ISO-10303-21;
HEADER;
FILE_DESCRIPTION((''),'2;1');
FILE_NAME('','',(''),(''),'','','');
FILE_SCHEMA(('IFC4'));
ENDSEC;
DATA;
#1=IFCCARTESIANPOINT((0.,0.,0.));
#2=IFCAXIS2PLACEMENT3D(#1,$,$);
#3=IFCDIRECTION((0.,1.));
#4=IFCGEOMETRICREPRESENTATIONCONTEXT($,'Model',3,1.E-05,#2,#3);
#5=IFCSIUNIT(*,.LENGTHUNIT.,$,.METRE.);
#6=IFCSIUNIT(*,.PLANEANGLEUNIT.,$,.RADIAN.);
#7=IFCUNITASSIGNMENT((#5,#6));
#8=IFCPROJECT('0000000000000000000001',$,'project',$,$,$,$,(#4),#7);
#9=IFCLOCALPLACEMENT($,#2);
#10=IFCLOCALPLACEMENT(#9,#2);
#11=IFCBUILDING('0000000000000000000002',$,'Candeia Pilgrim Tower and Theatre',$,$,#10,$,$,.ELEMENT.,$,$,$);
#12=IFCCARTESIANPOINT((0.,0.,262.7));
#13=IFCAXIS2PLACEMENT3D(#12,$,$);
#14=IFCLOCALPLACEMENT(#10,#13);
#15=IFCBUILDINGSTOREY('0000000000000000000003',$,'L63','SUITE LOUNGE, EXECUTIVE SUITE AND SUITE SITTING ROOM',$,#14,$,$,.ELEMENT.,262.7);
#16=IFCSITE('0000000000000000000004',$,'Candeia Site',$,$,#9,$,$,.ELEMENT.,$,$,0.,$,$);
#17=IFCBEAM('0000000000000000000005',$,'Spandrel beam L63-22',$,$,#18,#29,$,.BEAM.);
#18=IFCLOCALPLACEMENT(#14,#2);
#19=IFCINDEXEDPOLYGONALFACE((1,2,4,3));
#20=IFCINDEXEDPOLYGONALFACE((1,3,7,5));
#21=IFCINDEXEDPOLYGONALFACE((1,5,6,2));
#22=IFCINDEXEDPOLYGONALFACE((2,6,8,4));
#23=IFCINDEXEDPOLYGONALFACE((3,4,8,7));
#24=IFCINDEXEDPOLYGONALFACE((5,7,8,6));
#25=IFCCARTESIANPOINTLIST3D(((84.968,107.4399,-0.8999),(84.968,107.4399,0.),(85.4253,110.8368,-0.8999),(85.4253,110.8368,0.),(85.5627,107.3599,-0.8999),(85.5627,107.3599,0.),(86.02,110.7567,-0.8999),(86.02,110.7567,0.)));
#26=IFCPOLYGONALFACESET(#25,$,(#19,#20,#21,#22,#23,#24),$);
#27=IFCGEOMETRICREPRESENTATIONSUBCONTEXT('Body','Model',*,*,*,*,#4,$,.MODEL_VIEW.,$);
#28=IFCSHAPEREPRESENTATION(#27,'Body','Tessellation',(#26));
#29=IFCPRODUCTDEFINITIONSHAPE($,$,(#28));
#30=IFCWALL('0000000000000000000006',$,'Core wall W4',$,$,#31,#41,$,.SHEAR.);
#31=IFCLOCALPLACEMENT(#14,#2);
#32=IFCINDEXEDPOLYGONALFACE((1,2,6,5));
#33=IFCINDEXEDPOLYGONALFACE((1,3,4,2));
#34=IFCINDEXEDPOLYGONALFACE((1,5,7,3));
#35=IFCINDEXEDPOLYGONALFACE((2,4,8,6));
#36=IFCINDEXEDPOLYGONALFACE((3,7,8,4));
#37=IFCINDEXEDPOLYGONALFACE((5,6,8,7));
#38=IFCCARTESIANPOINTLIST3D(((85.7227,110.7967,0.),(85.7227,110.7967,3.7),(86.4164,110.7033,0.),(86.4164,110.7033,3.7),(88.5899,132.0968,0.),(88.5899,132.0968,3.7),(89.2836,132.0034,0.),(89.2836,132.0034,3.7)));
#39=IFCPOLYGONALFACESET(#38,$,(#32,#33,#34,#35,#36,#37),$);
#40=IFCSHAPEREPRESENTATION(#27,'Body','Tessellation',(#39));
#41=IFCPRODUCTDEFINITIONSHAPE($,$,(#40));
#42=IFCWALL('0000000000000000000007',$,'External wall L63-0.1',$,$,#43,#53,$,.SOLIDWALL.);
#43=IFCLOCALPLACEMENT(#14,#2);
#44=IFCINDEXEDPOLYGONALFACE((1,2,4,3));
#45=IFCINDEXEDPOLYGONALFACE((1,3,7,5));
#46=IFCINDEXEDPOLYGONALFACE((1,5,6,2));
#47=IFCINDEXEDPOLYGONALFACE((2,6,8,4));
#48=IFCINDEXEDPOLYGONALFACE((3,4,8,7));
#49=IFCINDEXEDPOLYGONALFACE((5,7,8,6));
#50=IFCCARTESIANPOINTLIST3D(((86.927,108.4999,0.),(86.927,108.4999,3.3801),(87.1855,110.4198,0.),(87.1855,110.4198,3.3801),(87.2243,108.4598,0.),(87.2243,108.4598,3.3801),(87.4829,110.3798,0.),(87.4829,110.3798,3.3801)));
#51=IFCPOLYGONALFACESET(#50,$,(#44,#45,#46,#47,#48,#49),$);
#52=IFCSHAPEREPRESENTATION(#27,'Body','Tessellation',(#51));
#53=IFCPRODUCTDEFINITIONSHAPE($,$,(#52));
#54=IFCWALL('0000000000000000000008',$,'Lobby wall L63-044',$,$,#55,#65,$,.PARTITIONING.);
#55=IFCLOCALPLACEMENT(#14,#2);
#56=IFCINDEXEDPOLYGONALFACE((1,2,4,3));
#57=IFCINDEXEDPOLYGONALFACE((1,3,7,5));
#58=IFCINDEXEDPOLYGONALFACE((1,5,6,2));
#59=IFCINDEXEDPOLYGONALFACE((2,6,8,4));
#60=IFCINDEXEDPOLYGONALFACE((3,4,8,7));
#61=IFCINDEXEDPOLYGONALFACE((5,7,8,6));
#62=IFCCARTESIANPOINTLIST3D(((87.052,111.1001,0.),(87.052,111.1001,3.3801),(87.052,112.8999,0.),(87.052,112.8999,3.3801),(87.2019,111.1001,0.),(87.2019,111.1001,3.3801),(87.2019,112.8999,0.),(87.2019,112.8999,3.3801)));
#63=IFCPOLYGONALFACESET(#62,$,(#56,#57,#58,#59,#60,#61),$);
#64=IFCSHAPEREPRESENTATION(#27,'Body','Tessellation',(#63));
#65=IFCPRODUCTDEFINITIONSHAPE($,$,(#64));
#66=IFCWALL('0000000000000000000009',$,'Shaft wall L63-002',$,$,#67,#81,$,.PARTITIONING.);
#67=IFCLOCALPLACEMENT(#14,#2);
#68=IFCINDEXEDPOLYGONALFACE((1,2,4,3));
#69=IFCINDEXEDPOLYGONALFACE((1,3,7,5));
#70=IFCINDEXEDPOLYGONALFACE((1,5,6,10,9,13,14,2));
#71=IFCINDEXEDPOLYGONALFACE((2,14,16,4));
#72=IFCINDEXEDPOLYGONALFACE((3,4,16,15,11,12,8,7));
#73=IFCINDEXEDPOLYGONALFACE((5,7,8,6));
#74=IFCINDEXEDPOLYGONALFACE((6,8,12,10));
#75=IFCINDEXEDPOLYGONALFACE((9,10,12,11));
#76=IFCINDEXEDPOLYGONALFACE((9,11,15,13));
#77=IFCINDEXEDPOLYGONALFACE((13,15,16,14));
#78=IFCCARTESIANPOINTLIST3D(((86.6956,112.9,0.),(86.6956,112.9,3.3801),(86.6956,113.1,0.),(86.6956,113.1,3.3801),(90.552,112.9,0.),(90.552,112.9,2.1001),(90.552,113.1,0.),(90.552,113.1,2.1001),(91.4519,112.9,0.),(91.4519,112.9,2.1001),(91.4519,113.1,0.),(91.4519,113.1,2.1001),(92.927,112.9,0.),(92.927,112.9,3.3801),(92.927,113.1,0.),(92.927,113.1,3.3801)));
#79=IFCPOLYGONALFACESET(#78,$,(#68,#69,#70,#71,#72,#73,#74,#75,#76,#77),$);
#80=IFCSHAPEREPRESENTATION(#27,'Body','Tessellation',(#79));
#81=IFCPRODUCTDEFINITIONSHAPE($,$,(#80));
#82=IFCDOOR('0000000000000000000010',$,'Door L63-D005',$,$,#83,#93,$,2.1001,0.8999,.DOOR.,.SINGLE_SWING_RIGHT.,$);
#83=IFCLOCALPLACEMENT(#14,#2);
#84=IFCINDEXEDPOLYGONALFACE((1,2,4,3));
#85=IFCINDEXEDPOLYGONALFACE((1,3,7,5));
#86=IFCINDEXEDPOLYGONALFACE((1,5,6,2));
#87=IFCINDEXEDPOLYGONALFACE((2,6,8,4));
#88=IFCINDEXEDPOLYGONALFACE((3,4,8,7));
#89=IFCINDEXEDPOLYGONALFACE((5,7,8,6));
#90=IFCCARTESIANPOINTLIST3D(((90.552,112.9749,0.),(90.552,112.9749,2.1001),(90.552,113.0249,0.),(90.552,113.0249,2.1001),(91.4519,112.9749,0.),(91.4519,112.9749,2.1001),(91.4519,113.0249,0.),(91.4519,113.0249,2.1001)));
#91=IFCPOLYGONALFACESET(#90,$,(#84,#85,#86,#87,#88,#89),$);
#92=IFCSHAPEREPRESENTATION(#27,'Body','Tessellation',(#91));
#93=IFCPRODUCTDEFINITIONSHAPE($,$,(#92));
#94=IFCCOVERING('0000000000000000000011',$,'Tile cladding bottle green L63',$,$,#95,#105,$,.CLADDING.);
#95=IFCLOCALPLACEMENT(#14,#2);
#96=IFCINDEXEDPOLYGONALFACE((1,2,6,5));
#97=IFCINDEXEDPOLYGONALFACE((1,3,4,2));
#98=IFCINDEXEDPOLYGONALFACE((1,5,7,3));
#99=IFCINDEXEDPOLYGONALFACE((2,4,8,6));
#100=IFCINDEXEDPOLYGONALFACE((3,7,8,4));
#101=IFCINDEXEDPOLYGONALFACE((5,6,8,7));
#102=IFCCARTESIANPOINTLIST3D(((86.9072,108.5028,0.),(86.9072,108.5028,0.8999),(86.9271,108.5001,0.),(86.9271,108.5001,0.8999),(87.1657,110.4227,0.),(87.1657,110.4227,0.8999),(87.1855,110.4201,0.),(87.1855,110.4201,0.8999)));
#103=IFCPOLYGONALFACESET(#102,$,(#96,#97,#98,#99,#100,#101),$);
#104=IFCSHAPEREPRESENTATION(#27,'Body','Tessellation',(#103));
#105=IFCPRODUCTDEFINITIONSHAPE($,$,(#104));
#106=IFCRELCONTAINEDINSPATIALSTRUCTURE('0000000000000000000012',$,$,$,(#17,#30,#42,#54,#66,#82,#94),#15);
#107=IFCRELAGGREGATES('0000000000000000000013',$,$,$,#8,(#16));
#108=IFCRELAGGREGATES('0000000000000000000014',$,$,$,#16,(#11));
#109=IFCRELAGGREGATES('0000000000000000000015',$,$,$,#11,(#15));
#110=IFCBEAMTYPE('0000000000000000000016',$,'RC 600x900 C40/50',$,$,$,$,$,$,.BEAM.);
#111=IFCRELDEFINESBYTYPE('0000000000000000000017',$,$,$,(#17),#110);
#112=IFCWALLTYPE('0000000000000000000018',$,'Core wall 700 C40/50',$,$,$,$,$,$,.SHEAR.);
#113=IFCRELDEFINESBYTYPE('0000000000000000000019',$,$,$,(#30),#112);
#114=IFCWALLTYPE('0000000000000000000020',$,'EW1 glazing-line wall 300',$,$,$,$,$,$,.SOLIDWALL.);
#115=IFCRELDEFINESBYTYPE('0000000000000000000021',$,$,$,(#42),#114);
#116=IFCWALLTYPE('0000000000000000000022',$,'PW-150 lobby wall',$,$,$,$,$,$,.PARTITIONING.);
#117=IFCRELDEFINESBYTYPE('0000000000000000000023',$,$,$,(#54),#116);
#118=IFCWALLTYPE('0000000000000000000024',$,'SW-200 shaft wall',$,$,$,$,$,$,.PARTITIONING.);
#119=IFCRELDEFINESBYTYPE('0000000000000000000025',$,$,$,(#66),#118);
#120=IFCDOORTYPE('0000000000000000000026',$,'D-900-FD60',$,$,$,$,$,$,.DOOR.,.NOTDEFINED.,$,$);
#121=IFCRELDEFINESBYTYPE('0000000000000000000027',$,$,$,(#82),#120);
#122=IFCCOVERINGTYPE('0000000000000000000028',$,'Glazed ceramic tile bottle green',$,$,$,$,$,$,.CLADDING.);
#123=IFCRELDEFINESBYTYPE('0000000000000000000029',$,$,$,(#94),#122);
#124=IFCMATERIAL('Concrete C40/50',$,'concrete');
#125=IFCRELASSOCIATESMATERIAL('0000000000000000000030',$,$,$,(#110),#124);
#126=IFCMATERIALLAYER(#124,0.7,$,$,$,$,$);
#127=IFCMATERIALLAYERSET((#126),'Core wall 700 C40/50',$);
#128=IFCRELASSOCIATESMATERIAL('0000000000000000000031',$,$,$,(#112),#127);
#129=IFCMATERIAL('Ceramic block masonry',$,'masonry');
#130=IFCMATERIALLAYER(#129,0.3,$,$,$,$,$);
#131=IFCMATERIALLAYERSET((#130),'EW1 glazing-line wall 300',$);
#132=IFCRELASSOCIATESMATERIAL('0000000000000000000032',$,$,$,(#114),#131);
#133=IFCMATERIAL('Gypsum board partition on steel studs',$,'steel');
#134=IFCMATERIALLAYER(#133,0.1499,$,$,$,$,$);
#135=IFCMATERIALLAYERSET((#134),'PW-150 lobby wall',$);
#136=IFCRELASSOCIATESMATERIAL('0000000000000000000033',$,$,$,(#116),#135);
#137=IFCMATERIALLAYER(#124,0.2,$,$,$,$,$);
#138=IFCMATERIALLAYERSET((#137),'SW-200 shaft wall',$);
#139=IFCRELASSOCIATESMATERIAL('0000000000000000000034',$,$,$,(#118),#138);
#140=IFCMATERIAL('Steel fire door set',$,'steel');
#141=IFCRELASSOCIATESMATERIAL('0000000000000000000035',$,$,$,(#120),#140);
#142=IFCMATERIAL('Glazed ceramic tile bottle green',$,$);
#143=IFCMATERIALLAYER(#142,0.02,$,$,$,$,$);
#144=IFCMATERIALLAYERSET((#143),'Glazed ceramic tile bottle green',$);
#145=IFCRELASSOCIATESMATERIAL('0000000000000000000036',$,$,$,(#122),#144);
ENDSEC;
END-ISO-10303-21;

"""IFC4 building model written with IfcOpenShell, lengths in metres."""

from ifc_helpers import new_model, si_unit, direction, frame, frame_2d, origin, origin_2d, place, context, subcontext, project, spatial, rectangle, extrude, material, layer, layer_set, material_profile, profile_set, type_object, element, fill, save


model = new_model("IFC4")

# Units and contexts
model_context = context("Model", 3, precision=1e-05, world=origin(), true_north=direction((0.0, 1.0)))
body_context = subcontext(model_context, "Body", "Model", "MODEL_VIEW")
ifc_project = project(units=[si_unit("LENGTHUNIT", "METRE"), si_unit("PLANEANGLEUNIT", "RADIAN")], contexts=[model_context])

# Site, building, storey
site_placement = place(None, origin())
site = spatial("IfcSite", under=ifc_project, at=site_placement, Name="Candeia Site", CompositionType="ELEMENT", RefElevation=0.0)
building_placement = place(site_placement, origin())
building = spatial("IfcBuilding", under=site, at=building_placement, Name="Candeia Pilgrim Tower and Theatre", CompositionType="ELEMENT")
storey_placement = place(building_placement, frame((0.0, 0.0, 262.7)))
storey = spatial("IfcBuildingStorey", under=building, at=storey_placement, Name="L63", Description="SUITE LOUNGE, EXECUTIVE SUITE AND SUITE SITTING ROOM", CompositionType="ELEMENT", Elevation=262.7)

# Beam
ifc_material_1 = material(Name="Concrete C40/50", Category="concrete")
ifc_material_profile = material_profile(ifc_material_1, rectangle(XDim=0.6001, YDim=0.8999, at=origin_2d()))
ifc_profile_set = profile_set([ifc_material_profile], Name="Concrete C40/50")
beam_type = type_object("IfcBeamType", Name="RC 600x900 C40/50", PredefinedType="BEAM", material=ifc_profile_set)
beam_placement = place(storey_placement, frame((85.2654, 107.3999, -0.45), z_axis=(0.133419, 0.99106, 0.0), x_axis=(-0.99106, 0.133419, 0.0)))
element("IfcBeam", 1, at=beam_placement, inside=storey, type_object=beam_type, Name="Spandrel beam L63-22", PredefinedType="BEAM", context=body_context, shape_type="SweptSolid", body=[
    extrude(rectangle(XDim=0.6001, YDim=0.8999, at=origin_2d()), origin(), (0.0, 0.0, 1.0), 3.4275),
])

# Walls
ifc_layer_1 = layer(ifc_material_1, 0.7)
ifc_layer_set_1 = layer_set([ifc_layer_1], Name="Core wall 700 C40/50")
wall_type_1 = type_object("IfcWallType", Name="Core wall 700 C40/50", PredefinedType="SHEAR", material=ifc_layer_set_1)
wall_1_placement = place(storey_placement, frame((86.0696, 110.75, 0.0), z_axis=(0.0, 0.0, 1.0), x_axis=(0.133406, 0.991061, 0.0)))
element("IfcWall", 2, at=wall_1_placement, inside=storey, type_object=wall_type_1, Name="Core wall W4", PredefinedType="SHEAR", context=body_context, shape_type="SweptSolid", body=[
    extrude(rectangle(XDim=21.4922, YDim=0.7, at=frame_2d((10.7461, 0.0))), origin(), (0.0, 0.0, 1.0), 3.7),
])
ifc_material_2 = material(Name="Ceramic block masonry", Category="masonry")
ifc_layer_2 = layer(ifc_material_2, 0.3)
ifc_layer_set_2 = layer_set([ifc_layer_2], Name="EW1 glazing-line wall 300")
wall_type_2 = type_object("IfcWallType", Name="EW1 glazing-line wall 300", PredefinedType="SOLIDWALL", material=ifc_layer_set_2)
wall_2_placement = place(storey_placement, frame((87.3342, 110.3999, 0.0), z_axis=(0.0, 0.0, 1.0), x_axis=(-0.13346, -0.991054, 0.0)))
element("IfcWall", 3, at=wall_2_placement, inside=storey, type_object=wall_type_2, Name="External wall L63-0.1", PredefinedType="SOLIDWALL", context=body_context, shape_type="SweptSolid", body=[
    extrude(rectangle(XDim=1.9373, YDim=0.3, at=frame_2d((0.9688, 0.0))), origin(), (0.0, 0.0, 1.0), 3.3801),
])

# Wall
ifc_material_3 = material(Name="Gypsum board partition on steel studs", Category="steel")
ifc_layer_3 = layer(ifc_material_3, 0.1499)
ifc_layer_set_3 = layer_set([ifc_layer_3], Name="PW-150 lobby wall")
wall_type_3 = type_object("IfcWallType", Name="PW-150 lobby wall", PredefinedType="PARTITIONING", material=ifc_layer_set_3)
wall_3_placement = place(storey_placement, frame((87.127, 111.1001, 0.0), z_axis=(0.0, 0.0, 1.0), x_axis=(0.0, 1.0, 0.0)))
element("IfcWall", 4, at=wall_3_placement, inside=storey, type_object=wall_type_3, Name="Lobby wall L63-044", PredefinedType="PARTITIONING", context=body_context, shape_type="SweptSolid", body=[
    extrude(rectangle(XDim=1.7998, YDim=0.1499, at=frame_2d((0.8999, 0.0))), origin(), (0.0, 0.0, 1.0), 3.3801),
])

# Wall, opening, door
ifc_layer_4 = layer(ifc_material_1, 0.2)
ifc_layer_set_4 = layer_set([ifc_layer_4], Name="SW-200 shaft wall")
wall_type_4 = type_object("IfcWallType", Name="SW-200 shaft wall", PredefinedType="PARTITIONING", material=ifc_layer_set_4)
wall_4_placement = place(storey_placement, frame((86.6956, 113.0, 0.0), z_axis=(0.0, 0.0, 1.0), x_axis=(1.0, 0.0, 0.0)))
wall_4 = element("IfcWall", 5, at=wall_4_placement, inside=storey, type_object=wall_type_4, Name="Shaft wall L63-002", PredefinedType="PARTITIONING", context=body_context, shape_type="SweptSolid", body=[
    extrude(rectangle(XDim=6.2314, YDim=0.2, at=frame_2d((3.1157, 0.0))), origin(), (0.0, 0.0, 1.0), 3.3801),
])
opening_1_placement = place(wall_4_placement, frame((3.8564, 0.0, 0.0)))
opening_1 = element("IfcOpeningElement", 6, at=opening_1_placement, cuts=wall_4, PredefinedType="OPENING", context=body_context, shape_type="SweptSolid", body=[
    extrude(rectangle(XDim=0.8999, YDim=2.1001, at=frame_2d((0.45, 1.05))), frame((0.0, 0.1099, 0.0), z_axis=(0.0, -1.0, 0.0), x_axis=(1.0, 0.0, 0.0)), (0.0, 0.0, 1.0), 0.22),
])
ifc_material_4 = material(Name="Steel fire door set", Category="steel")
door_type_1 = type_object("IfcDoorType", Name="D-900-FD60", OperationType="NOTDEFINED", PredefinedType="DOOR", material=ifc_material_4)
door_1_placement = place(opening_1_placement, origin())
door_1 = element("IfcDoor", 7, at=door_1_placement, inside=storey, type_object=door_type_1, Name="Door L63-D005", OperationType="SINGLE_SWING_RIGHT", OverallHeight=2.1001, OverallWidth=0.8999, PredefinedType="DOOR", context=body_context, shape_type="SweptSolid", body=[
    extrude(rectangle(XDim=0.8999, YDim=2.1001, at=frame_2d((0.45, 1.05))), frame((0.0, 0.0249, 0.0), z_axis=(0.0, -1.0, 0.0), x_axis=(1.0, 0.0, 0.0)), (0.0, 0.0, 1.0), 0.05),
])
fill(opening_1, door_1)

# Covering
ifc_material_5 = material(Name="Glazed ceramic tile bottle green")
ifc_layer_5 = layer(ifc_material_5, 0.02)
ifc_layer_set_5 = layer_set([ifc_layer_5], Name="Glazed ceramic tile bottle green")
covering_type = type_object("IfcCoveringType", Name="Glazed ceramic tile bottle green", PredefinedType="CLADDING", material=ifc_layer_set_5)
covering_placement = place(storey_placement, frame((87.0464, 109.4614, 0.0), z_axis=(0.0, 0.0, 1.0), x_axis=(-0.133412, -0.991061, 0.0)))
element("IfcCovering", 8, at=covering_placement, inside=storey, type_object=covering_type, Name="Tile cladding bottle green L63", PredefinedType="CLADDING", context=body_context, shape_type="SweptSolid", body=[
    extrude(rectangle(XDim=1.9373, YDim=0.02, at=origin_2d()), origin(), (0.0, 0.0, 1.0), 0.8999),
])

save(model, "model.ifc")
